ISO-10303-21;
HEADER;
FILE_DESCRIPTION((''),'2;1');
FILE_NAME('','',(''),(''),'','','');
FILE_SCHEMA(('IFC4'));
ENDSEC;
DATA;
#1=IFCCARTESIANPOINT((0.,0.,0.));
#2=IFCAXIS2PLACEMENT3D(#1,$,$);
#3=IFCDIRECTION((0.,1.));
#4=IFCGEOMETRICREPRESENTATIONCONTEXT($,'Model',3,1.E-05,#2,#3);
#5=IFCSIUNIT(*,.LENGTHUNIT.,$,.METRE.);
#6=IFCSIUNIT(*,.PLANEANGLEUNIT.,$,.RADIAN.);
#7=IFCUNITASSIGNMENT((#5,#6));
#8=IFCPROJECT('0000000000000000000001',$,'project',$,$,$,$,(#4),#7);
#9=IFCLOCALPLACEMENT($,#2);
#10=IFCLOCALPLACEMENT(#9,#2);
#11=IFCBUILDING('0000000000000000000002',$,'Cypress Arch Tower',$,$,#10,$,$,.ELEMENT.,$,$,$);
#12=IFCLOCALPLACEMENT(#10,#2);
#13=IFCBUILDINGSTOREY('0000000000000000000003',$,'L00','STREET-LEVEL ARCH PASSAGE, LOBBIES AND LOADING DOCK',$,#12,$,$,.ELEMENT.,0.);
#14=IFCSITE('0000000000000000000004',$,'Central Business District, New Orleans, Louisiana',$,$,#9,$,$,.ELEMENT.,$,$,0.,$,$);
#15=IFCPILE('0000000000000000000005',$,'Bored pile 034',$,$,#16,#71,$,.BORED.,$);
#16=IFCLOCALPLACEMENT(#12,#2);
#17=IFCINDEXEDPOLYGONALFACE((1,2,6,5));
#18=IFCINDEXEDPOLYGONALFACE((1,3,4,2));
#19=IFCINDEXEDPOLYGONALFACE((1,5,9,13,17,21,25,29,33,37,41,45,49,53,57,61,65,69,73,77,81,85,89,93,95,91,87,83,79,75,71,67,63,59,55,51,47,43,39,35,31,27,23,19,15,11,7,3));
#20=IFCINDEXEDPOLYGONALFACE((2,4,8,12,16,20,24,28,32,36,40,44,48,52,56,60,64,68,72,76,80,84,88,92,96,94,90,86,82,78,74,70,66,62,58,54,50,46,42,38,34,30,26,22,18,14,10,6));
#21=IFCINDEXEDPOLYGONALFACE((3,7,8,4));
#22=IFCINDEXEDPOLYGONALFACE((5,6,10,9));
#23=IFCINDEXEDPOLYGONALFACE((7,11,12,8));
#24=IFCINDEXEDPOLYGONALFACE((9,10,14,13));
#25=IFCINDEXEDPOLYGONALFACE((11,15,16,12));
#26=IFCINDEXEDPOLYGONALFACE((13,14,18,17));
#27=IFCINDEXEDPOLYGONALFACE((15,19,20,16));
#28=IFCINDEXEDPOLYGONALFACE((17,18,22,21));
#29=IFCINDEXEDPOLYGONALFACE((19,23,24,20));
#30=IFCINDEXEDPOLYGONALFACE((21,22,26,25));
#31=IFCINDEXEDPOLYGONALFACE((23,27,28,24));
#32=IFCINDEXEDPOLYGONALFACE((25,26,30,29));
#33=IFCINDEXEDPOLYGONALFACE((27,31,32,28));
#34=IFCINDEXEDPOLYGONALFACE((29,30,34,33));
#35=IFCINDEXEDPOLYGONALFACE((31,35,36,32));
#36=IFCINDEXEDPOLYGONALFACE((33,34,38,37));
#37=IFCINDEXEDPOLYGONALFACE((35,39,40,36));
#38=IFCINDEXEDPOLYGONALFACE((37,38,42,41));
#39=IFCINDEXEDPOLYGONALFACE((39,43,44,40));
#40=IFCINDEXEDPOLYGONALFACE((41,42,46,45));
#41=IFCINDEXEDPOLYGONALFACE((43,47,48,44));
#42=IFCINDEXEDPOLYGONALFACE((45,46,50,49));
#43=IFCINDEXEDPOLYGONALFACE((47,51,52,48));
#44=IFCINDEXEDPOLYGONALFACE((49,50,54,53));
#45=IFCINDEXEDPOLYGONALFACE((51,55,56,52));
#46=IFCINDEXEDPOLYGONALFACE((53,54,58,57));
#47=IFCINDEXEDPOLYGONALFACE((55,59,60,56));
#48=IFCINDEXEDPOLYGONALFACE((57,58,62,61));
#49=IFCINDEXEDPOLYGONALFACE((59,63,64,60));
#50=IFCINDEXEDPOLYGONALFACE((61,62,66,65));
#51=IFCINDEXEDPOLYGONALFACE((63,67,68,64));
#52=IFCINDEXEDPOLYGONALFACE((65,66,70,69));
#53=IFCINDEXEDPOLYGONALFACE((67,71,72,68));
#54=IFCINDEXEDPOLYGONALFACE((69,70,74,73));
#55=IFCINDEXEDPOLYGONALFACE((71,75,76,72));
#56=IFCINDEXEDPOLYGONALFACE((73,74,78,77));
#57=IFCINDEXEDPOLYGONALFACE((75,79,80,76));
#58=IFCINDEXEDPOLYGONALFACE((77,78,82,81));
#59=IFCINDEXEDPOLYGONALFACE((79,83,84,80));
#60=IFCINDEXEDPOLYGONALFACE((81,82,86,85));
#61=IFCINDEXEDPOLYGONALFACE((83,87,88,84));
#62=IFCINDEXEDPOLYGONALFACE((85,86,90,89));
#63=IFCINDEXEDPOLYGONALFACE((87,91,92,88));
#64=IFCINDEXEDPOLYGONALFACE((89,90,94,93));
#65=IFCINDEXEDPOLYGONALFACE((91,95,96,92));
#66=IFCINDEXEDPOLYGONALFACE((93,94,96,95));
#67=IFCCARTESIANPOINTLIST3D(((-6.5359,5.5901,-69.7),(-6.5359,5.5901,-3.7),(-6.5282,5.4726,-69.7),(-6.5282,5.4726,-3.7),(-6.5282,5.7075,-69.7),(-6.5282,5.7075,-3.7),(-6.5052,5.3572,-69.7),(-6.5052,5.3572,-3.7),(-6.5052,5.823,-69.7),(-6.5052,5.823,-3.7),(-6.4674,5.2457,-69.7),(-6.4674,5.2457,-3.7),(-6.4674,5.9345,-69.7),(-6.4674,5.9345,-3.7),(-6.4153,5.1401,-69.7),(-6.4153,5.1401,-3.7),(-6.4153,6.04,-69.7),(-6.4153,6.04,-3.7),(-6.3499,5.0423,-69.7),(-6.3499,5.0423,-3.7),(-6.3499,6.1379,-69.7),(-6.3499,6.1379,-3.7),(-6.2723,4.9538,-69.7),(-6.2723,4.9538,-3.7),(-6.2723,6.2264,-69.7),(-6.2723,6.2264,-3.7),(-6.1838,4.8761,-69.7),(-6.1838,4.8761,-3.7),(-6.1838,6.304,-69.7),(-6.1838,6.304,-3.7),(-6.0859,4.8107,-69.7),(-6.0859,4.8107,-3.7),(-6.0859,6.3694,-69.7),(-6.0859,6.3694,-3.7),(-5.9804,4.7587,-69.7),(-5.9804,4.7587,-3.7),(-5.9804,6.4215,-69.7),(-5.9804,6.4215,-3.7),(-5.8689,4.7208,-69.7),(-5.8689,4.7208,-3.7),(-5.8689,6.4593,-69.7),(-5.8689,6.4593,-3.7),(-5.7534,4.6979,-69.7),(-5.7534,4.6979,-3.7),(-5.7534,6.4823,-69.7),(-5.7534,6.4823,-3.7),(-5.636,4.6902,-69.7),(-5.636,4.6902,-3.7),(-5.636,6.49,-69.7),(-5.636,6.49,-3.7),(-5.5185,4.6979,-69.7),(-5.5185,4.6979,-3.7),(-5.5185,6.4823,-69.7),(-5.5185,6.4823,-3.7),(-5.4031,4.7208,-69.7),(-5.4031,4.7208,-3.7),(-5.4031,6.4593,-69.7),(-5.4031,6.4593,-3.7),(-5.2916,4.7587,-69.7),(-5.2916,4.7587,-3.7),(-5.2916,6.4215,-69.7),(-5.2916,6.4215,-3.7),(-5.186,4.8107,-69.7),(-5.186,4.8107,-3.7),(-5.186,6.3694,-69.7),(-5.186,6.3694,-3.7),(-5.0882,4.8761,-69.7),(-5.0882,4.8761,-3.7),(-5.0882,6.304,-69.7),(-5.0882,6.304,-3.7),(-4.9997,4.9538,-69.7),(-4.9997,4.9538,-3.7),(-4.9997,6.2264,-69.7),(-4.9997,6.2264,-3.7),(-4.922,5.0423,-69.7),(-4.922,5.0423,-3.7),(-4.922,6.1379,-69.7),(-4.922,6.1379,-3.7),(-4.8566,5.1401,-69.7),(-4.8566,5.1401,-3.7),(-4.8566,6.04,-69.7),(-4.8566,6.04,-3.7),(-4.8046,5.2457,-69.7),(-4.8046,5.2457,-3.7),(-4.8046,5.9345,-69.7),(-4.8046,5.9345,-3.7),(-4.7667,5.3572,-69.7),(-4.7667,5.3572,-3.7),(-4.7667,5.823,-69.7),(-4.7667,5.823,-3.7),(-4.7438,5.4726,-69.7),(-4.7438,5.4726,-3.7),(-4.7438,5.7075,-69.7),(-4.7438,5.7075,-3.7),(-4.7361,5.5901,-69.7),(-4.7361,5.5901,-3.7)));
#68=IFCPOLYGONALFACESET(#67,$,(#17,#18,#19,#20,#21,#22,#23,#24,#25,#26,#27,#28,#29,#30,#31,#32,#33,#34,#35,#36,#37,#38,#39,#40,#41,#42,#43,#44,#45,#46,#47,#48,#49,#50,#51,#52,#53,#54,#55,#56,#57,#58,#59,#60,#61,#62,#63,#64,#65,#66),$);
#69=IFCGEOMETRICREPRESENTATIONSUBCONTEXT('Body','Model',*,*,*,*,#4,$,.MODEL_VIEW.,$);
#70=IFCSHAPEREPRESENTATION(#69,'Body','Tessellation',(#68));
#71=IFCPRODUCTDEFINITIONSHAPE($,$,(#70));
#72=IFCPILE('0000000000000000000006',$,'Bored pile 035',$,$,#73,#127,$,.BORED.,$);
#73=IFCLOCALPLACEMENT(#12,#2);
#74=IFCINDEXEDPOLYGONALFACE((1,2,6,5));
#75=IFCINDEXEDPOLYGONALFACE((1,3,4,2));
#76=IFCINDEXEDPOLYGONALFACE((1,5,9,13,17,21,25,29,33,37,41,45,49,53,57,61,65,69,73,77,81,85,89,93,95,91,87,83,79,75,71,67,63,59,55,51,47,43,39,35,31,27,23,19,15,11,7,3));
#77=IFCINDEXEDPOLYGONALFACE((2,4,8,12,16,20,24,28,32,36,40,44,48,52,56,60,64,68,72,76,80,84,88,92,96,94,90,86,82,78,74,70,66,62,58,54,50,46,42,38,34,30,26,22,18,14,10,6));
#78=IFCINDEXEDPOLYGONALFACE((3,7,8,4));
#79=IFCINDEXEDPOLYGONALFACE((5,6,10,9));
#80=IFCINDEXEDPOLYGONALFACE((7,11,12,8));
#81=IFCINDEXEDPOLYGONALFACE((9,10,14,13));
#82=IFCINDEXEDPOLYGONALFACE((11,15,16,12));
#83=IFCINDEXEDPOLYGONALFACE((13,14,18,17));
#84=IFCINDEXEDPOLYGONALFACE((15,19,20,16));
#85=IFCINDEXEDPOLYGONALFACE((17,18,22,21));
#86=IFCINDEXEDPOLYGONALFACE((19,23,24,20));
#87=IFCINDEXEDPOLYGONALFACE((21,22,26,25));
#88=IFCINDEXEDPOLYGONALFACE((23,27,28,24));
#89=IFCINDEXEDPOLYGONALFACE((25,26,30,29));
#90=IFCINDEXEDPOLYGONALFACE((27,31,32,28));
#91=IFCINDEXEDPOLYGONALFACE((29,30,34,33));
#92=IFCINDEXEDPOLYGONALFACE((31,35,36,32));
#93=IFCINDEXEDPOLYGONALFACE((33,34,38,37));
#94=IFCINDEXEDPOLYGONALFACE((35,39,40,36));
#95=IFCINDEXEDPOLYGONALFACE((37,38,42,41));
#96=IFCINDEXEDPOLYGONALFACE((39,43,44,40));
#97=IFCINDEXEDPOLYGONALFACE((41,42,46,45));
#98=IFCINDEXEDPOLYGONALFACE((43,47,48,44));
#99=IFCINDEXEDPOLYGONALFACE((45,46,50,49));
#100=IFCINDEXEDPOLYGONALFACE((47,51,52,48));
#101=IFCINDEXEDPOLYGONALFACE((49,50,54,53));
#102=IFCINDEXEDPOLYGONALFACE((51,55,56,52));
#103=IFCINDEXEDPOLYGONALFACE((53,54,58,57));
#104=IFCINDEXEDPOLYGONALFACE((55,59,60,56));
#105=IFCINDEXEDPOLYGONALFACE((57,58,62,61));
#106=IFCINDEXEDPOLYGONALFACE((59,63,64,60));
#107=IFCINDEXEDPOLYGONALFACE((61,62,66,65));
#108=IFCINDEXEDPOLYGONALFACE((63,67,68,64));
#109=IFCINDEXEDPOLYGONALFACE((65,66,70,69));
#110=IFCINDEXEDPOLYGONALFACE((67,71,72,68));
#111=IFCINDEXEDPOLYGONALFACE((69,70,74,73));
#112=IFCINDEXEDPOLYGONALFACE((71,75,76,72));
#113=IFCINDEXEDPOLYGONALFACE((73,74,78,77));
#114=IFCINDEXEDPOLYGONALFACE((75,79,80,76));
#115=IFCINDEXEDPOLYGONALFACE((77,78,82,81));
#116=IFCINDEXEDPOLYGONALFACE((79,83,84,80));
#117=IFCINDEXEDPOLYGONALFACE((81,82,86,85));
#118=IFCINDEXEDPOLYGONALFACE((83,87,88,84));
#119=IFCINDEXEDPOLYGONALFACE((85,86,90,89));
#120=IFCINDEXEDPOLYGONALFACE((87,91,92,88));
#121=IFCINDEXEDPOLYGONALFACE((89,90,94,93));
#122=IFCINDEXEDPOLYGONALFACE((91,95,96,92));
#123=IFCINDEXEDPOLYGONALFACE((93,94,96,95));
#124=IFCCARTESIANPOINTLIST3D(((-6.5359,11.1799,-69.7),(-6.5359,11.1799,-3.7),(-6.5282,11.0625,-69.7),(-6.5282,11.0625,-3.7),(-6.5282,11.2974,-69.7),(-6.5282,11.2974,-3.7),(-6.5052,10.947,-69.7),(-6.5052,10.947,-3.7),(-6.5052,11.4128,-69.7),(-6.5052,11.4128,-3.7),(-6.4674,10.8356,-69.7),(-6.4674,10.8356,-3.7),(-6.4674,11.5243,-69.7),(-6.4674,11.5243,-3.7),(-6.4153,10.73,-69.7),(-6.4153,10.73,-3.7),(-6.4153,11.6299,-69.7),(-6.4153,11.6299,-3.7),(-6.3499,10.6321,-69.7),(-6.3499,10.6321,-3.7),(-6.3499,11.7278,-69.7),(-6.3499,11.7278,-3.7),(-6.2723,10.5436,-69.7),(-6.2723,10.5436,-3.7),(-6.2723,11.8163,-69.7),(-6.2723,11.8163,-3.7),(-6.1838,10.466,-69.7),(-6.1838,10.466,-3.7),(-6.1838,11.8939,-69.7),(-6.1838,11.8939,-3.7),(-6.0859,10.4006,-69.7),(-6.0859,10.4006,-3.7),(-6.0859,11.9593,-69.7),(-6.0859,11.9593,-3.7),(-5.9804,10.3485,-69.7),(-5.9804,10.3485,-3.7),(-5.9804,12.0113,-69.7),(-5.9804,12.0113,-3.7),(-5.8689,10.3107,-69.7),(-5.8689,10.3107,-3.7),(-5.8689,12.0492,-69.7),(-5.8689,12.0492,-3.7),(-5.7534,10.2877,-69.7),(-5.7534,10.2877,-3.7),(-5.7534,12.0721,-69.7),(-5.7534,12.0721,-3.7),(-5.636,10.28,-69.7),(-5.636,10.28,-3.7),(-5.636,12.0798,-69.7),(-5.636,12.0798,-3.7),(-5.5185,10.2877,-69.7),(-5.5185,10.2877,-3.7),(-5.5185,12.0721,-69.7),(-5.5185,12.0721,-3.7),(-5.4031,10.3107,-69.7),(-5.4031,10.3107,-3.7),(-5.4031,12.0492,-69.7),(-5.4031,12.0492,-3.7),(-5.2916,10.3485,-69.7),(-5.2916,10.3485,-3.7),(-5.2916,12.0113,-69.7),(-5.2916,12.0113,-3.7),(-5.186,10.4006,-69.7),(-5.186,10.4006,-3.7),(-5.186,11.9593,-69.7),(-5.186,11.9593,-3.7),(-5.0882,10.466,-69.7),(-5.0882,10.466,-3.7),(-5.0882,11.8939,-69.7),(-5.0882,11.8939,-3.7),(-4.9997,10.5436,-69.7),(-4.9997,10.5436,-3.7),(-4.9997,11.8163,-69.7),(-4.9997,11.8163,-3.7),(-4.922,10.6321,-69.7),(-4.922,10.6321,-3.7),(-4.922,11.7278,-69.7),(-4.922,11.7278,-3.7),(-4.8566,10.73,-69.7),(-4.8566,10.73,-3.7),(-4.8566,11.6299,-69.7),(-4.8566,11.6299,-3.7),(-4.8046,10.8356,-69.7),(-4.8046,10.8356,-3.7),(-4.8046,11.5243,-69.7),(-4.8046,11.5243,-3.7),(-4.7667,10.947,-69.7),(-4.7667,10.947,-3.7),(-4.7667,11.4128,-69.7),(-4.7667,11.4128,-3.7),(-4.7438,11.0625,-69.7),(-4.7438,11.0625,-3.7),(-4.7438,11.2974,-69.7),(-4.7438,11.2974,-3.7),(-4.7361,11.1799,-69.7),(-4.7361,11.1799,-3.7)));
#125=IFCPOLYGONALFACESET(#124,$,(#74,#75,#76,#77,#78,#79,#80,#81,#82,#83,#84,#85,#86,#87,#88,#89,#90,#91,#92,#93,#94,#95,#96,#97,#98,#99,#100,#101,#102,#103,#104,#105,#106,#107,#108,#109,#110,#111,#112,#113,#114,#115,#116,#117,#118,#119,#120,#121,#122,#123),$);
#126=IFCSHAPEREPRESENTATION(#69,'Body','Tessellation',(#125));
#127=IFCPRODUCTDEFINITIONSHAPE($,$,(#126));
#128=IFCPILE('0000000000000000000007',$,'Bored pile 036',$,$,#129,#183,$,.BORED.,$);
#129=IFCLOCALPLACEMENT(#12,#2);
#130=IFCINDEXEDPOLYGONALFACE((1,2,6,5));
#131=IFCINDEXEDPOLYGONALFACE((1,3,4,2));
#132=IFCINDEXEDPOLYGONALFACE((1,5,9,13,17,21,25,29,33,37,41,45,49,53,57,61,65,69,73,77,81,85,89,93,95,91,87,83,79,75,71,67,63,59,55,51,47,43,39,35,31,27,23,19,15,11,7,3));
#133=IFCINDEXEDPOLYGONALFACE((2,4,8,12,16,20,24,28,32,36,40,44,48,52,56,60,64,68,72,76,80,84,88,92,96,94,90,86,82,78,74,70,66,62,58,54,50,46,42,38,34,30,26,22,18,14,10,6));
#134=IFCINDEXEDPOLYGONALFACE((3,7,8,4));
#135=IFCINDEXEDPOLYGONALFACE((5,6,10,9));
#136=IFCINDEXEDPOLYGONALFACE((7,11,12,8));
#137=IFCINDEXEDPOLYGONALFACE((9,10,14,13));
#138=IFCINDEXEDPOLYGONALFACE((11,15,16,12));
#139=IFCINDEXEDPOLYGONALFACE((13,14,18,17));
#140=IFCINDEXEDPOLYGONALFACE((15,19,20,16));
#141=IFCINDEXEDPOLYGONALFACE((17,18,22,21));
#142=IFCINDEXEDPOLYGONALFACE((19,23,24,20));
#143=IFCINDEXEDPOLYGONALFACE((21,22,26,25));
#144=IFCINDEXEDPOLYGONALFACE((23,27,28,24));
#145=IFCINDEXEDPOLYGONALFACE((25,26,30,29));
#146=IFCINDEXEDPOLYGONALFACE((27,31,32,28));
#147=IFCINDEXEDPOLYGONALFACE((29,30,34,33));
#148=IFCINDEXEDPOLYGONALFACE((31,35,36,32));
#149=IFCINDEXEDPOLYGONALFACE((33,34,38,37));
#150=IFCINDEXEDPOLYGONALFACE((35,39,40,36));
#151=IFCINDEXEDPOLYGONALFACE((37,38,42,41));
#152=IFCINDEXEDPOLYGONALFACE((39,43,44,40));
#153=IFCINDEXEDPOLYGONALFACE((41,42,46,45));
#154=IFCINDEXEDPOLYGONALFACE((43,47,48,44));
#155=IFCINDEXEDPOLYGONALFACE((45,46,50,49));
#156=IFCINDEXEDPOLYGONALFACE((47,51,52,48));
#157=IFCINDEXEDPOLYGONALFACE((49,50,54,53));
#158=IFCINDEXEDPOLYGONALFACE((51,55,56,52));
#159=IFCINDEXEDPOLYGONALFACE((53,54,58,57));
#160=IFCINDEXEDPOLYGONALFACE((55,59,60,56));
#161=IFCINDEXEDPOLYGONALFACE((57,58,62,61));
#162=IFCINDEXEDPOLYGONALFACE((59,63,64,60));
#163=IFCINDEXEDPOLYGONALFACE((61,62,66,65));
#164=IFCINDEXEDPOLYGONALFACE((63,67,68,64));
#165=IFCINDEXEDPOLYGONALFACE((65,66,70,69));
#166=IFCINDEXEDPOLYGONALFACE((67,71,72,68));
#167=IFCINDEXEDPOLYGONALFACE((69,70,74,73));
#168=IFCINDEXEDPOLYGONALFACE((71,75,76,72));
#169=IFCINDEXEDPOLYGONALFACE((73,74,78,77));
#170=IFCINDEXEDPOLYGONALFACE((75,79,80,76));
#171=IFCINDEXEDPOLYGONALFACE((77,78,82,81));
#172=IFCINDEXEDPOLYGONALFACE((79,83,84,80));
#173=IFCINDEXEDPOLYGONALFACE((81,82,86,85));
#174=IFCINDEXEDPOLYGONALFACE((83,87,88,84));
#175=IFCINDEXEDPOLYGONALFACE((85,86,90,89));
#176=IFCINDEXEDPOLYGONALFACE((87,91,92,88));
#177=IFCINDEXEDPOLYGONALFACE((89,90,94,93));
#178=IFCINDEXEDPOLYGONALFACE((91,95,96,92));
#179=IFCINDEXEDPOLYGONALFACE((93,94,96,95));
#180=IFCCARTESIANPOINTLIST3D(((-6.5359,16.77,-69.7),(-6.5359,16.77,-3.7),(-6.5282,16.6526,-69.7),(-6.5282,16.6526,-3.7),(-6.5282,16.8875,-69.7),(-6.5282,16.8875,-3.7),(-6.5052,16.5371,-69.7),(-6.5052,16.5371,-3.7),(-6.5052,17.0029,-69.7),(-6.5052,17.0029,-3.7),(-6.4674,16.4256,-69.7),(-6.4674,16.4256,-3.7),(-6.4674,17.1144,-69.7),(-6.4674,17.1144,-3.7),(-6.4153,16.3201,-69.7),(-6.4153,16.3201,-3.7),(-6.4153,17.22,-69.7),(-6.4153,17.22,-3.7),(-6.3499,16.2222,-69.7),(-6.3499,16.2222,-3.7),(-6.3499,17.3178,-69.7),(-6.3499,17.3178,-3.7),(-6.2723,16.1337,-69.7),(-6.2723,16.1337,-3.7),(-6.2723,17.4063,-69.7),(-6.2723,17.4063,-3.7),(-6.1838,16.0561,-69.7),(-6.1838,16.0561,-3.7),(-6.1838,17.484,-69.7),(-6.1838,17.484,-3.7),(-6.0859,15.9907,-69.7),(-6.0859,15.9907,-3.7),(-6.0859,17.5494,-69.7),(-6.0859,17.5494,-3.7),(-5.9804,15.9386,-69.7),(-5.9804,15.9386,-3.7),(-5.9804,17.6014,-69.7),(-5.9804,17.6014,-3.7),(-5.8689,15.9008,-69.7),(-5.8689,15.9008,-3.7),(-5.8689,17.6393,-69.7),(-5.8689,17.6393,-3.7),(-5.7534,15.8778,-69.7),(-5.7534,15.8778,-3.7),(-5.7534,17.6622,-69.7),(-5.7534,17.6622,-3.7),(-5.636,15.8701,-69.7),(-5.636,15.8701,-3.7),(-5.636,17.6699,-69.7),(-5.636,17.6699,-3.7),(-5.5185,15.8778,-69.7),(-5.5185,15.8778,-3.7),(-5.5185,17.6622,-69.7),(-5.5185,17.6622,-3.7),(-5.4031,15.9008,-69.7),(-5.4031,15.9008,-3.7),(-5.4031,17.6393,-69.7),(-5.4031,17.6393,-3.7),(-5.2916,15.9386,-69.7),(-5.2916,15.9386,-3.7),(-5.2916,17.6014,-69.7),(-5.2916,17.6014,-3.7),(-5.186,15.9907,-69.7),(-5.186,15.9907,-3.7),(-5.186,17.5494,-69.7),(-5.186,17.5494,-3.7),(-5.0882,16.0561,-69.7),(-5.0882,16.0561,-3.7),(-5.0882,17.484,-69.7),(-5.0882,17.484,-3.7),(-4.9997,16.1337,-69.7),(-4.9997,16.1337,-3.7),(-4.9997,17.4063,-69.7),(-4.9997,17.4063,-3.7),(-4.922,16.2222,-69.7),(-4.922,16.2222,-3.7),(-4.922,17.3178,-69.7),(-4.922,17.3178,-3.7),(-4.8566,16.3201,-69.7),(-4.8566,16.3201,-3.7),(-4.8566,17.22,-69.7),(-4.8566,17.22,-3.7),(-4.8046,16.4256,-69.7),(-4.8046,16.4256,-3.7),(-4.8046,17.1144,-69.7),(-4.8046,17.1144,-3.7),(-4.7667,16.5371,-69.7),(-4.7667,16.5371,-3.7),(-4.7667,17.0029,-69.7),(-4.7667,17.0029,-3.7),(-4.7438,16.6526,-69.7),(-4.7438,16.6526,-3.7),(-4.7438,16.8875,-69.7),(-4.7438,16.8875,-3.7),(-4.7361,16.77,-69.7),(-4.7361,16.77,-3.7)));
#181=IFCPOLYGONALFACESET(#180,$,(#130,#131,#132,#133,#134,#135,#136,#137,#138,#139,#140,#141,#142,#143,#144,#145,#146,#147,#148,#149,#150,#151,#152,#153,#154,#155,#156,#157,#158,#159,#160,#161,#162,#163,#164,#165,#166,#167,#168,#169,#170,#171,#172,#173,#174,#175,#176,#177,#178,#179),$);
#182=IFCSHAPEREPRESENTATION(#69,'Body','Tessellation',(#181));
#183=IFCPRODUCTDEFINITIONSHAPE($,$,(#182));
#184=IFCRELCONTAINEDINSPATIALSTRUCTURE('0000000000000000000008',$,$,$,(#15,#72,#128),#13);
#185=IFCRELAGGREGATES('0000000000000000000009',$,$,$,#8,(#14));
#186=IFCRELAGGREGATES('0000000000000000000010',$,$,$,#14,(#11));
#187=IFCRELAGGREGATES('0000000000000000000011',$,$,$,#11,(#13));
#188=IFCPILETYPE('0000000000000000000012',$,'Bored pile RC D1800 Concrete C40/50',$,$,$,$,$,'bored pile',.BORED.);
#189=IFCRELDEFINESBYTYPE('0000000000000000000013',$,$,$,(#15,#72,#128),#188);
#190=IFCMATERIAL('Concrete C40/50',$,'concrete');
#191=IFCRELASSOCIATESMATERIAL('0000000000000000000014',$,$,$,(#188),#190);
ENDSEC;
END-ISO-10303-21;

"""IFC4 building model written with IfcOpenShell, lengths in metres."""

from ifc_helpers import new_model, si_unit, direction, frame, origin, origin_2d, place, context, subcontext, project, spatial, circle, extrude, material, material_profile, profile_set, type_object, element, save


model = new_model("IFC4")

# Units and contexts
model_context = context("Model", 3, precision=1e-05, world=origin(), true_north=direction((0.0, 1.0)))
body_context = subcontext(model_context, "Body", "Model", "MODEL_VIEW")
ifc_project = project(units=[si_unit("LENGTHUNIT", "METRE"), si_unit("PLANEANGLEUNIT", "RADIAN")], contexts=[model_context])

# Site, building, storey
site_placement = place(None, origin())
site = spatial("IfcSite", under=ifc_project, at=site_placement, Name="Central Business District, New Orleans, Louisiana", CompositionType="ELEMENT", RefElevation=0.0)
building_placement = place(site_placement, origin())
building = spatial("IfcBuilding", under=site, at=building_placement, Name="Cypress Arch Tower", CompositionType="ELEMENT")
storey_placement = place(building_placement, origin())
storey = spatial("IfcBuildingStorey", under=building, at=storey_placement, Name="L00", Description="STREET-LEVEL ARCH PASSAGE, LOBBIES AND LOADING DOCK", CompositionType="ELEMENT", Elevation=0.0)

# Piles
ifc_material_1 = material(Name="Concrete C40/50", Category="concrete")
ifc_material_profile_1 = material_profile(ifc_material_1, circle(Radius=0.8999, at=origin_2d()), Name="RC D1800")
ifc_profile_set_1 = profile_set([ifc_material_profile_1], Name="Concrete C40/50")
pile_type = type_object("IfcPileType", Name="Bored pile RC D1800 Concrete C40/50", ElementType="bored pile", PredefinedType="BORED", material=ifc_profile_set_1)
for number, where, z_axis, x_axis, name in (
    (1, (-5.636, 5.5901, -3.7), (0.0, 0.0, -1.0), (1.0, 0.0, 0.0), "Bored pile 034"),
    (2, (-5.636, 11.1799, -3.7), (0.0, 0.0, -1.0), (1.0, 0.0, 0.0), "Bored pile 035"),
    (3, (-5.636, 16.77, -3.7), (0.0, 0.0, -1.0), (1.0, 0.0, 0.0), "Bored pile 036"),
):
    element("IfcPile", number, at=place(storey_placement, frame(where, z_axis=z_axis, x_axis=x_axis)), inside=storey, type_object=pile_type, Name=name, PredefinedType="BORED", context=body_context, shape_type="SweptSolid", body=[
        extrude(circle(Radius=0.8999, at=origin_2d()), origin(), (0.0, 0.0, 1.0), 66.0),
    ])

save(model, "model.ifc")
